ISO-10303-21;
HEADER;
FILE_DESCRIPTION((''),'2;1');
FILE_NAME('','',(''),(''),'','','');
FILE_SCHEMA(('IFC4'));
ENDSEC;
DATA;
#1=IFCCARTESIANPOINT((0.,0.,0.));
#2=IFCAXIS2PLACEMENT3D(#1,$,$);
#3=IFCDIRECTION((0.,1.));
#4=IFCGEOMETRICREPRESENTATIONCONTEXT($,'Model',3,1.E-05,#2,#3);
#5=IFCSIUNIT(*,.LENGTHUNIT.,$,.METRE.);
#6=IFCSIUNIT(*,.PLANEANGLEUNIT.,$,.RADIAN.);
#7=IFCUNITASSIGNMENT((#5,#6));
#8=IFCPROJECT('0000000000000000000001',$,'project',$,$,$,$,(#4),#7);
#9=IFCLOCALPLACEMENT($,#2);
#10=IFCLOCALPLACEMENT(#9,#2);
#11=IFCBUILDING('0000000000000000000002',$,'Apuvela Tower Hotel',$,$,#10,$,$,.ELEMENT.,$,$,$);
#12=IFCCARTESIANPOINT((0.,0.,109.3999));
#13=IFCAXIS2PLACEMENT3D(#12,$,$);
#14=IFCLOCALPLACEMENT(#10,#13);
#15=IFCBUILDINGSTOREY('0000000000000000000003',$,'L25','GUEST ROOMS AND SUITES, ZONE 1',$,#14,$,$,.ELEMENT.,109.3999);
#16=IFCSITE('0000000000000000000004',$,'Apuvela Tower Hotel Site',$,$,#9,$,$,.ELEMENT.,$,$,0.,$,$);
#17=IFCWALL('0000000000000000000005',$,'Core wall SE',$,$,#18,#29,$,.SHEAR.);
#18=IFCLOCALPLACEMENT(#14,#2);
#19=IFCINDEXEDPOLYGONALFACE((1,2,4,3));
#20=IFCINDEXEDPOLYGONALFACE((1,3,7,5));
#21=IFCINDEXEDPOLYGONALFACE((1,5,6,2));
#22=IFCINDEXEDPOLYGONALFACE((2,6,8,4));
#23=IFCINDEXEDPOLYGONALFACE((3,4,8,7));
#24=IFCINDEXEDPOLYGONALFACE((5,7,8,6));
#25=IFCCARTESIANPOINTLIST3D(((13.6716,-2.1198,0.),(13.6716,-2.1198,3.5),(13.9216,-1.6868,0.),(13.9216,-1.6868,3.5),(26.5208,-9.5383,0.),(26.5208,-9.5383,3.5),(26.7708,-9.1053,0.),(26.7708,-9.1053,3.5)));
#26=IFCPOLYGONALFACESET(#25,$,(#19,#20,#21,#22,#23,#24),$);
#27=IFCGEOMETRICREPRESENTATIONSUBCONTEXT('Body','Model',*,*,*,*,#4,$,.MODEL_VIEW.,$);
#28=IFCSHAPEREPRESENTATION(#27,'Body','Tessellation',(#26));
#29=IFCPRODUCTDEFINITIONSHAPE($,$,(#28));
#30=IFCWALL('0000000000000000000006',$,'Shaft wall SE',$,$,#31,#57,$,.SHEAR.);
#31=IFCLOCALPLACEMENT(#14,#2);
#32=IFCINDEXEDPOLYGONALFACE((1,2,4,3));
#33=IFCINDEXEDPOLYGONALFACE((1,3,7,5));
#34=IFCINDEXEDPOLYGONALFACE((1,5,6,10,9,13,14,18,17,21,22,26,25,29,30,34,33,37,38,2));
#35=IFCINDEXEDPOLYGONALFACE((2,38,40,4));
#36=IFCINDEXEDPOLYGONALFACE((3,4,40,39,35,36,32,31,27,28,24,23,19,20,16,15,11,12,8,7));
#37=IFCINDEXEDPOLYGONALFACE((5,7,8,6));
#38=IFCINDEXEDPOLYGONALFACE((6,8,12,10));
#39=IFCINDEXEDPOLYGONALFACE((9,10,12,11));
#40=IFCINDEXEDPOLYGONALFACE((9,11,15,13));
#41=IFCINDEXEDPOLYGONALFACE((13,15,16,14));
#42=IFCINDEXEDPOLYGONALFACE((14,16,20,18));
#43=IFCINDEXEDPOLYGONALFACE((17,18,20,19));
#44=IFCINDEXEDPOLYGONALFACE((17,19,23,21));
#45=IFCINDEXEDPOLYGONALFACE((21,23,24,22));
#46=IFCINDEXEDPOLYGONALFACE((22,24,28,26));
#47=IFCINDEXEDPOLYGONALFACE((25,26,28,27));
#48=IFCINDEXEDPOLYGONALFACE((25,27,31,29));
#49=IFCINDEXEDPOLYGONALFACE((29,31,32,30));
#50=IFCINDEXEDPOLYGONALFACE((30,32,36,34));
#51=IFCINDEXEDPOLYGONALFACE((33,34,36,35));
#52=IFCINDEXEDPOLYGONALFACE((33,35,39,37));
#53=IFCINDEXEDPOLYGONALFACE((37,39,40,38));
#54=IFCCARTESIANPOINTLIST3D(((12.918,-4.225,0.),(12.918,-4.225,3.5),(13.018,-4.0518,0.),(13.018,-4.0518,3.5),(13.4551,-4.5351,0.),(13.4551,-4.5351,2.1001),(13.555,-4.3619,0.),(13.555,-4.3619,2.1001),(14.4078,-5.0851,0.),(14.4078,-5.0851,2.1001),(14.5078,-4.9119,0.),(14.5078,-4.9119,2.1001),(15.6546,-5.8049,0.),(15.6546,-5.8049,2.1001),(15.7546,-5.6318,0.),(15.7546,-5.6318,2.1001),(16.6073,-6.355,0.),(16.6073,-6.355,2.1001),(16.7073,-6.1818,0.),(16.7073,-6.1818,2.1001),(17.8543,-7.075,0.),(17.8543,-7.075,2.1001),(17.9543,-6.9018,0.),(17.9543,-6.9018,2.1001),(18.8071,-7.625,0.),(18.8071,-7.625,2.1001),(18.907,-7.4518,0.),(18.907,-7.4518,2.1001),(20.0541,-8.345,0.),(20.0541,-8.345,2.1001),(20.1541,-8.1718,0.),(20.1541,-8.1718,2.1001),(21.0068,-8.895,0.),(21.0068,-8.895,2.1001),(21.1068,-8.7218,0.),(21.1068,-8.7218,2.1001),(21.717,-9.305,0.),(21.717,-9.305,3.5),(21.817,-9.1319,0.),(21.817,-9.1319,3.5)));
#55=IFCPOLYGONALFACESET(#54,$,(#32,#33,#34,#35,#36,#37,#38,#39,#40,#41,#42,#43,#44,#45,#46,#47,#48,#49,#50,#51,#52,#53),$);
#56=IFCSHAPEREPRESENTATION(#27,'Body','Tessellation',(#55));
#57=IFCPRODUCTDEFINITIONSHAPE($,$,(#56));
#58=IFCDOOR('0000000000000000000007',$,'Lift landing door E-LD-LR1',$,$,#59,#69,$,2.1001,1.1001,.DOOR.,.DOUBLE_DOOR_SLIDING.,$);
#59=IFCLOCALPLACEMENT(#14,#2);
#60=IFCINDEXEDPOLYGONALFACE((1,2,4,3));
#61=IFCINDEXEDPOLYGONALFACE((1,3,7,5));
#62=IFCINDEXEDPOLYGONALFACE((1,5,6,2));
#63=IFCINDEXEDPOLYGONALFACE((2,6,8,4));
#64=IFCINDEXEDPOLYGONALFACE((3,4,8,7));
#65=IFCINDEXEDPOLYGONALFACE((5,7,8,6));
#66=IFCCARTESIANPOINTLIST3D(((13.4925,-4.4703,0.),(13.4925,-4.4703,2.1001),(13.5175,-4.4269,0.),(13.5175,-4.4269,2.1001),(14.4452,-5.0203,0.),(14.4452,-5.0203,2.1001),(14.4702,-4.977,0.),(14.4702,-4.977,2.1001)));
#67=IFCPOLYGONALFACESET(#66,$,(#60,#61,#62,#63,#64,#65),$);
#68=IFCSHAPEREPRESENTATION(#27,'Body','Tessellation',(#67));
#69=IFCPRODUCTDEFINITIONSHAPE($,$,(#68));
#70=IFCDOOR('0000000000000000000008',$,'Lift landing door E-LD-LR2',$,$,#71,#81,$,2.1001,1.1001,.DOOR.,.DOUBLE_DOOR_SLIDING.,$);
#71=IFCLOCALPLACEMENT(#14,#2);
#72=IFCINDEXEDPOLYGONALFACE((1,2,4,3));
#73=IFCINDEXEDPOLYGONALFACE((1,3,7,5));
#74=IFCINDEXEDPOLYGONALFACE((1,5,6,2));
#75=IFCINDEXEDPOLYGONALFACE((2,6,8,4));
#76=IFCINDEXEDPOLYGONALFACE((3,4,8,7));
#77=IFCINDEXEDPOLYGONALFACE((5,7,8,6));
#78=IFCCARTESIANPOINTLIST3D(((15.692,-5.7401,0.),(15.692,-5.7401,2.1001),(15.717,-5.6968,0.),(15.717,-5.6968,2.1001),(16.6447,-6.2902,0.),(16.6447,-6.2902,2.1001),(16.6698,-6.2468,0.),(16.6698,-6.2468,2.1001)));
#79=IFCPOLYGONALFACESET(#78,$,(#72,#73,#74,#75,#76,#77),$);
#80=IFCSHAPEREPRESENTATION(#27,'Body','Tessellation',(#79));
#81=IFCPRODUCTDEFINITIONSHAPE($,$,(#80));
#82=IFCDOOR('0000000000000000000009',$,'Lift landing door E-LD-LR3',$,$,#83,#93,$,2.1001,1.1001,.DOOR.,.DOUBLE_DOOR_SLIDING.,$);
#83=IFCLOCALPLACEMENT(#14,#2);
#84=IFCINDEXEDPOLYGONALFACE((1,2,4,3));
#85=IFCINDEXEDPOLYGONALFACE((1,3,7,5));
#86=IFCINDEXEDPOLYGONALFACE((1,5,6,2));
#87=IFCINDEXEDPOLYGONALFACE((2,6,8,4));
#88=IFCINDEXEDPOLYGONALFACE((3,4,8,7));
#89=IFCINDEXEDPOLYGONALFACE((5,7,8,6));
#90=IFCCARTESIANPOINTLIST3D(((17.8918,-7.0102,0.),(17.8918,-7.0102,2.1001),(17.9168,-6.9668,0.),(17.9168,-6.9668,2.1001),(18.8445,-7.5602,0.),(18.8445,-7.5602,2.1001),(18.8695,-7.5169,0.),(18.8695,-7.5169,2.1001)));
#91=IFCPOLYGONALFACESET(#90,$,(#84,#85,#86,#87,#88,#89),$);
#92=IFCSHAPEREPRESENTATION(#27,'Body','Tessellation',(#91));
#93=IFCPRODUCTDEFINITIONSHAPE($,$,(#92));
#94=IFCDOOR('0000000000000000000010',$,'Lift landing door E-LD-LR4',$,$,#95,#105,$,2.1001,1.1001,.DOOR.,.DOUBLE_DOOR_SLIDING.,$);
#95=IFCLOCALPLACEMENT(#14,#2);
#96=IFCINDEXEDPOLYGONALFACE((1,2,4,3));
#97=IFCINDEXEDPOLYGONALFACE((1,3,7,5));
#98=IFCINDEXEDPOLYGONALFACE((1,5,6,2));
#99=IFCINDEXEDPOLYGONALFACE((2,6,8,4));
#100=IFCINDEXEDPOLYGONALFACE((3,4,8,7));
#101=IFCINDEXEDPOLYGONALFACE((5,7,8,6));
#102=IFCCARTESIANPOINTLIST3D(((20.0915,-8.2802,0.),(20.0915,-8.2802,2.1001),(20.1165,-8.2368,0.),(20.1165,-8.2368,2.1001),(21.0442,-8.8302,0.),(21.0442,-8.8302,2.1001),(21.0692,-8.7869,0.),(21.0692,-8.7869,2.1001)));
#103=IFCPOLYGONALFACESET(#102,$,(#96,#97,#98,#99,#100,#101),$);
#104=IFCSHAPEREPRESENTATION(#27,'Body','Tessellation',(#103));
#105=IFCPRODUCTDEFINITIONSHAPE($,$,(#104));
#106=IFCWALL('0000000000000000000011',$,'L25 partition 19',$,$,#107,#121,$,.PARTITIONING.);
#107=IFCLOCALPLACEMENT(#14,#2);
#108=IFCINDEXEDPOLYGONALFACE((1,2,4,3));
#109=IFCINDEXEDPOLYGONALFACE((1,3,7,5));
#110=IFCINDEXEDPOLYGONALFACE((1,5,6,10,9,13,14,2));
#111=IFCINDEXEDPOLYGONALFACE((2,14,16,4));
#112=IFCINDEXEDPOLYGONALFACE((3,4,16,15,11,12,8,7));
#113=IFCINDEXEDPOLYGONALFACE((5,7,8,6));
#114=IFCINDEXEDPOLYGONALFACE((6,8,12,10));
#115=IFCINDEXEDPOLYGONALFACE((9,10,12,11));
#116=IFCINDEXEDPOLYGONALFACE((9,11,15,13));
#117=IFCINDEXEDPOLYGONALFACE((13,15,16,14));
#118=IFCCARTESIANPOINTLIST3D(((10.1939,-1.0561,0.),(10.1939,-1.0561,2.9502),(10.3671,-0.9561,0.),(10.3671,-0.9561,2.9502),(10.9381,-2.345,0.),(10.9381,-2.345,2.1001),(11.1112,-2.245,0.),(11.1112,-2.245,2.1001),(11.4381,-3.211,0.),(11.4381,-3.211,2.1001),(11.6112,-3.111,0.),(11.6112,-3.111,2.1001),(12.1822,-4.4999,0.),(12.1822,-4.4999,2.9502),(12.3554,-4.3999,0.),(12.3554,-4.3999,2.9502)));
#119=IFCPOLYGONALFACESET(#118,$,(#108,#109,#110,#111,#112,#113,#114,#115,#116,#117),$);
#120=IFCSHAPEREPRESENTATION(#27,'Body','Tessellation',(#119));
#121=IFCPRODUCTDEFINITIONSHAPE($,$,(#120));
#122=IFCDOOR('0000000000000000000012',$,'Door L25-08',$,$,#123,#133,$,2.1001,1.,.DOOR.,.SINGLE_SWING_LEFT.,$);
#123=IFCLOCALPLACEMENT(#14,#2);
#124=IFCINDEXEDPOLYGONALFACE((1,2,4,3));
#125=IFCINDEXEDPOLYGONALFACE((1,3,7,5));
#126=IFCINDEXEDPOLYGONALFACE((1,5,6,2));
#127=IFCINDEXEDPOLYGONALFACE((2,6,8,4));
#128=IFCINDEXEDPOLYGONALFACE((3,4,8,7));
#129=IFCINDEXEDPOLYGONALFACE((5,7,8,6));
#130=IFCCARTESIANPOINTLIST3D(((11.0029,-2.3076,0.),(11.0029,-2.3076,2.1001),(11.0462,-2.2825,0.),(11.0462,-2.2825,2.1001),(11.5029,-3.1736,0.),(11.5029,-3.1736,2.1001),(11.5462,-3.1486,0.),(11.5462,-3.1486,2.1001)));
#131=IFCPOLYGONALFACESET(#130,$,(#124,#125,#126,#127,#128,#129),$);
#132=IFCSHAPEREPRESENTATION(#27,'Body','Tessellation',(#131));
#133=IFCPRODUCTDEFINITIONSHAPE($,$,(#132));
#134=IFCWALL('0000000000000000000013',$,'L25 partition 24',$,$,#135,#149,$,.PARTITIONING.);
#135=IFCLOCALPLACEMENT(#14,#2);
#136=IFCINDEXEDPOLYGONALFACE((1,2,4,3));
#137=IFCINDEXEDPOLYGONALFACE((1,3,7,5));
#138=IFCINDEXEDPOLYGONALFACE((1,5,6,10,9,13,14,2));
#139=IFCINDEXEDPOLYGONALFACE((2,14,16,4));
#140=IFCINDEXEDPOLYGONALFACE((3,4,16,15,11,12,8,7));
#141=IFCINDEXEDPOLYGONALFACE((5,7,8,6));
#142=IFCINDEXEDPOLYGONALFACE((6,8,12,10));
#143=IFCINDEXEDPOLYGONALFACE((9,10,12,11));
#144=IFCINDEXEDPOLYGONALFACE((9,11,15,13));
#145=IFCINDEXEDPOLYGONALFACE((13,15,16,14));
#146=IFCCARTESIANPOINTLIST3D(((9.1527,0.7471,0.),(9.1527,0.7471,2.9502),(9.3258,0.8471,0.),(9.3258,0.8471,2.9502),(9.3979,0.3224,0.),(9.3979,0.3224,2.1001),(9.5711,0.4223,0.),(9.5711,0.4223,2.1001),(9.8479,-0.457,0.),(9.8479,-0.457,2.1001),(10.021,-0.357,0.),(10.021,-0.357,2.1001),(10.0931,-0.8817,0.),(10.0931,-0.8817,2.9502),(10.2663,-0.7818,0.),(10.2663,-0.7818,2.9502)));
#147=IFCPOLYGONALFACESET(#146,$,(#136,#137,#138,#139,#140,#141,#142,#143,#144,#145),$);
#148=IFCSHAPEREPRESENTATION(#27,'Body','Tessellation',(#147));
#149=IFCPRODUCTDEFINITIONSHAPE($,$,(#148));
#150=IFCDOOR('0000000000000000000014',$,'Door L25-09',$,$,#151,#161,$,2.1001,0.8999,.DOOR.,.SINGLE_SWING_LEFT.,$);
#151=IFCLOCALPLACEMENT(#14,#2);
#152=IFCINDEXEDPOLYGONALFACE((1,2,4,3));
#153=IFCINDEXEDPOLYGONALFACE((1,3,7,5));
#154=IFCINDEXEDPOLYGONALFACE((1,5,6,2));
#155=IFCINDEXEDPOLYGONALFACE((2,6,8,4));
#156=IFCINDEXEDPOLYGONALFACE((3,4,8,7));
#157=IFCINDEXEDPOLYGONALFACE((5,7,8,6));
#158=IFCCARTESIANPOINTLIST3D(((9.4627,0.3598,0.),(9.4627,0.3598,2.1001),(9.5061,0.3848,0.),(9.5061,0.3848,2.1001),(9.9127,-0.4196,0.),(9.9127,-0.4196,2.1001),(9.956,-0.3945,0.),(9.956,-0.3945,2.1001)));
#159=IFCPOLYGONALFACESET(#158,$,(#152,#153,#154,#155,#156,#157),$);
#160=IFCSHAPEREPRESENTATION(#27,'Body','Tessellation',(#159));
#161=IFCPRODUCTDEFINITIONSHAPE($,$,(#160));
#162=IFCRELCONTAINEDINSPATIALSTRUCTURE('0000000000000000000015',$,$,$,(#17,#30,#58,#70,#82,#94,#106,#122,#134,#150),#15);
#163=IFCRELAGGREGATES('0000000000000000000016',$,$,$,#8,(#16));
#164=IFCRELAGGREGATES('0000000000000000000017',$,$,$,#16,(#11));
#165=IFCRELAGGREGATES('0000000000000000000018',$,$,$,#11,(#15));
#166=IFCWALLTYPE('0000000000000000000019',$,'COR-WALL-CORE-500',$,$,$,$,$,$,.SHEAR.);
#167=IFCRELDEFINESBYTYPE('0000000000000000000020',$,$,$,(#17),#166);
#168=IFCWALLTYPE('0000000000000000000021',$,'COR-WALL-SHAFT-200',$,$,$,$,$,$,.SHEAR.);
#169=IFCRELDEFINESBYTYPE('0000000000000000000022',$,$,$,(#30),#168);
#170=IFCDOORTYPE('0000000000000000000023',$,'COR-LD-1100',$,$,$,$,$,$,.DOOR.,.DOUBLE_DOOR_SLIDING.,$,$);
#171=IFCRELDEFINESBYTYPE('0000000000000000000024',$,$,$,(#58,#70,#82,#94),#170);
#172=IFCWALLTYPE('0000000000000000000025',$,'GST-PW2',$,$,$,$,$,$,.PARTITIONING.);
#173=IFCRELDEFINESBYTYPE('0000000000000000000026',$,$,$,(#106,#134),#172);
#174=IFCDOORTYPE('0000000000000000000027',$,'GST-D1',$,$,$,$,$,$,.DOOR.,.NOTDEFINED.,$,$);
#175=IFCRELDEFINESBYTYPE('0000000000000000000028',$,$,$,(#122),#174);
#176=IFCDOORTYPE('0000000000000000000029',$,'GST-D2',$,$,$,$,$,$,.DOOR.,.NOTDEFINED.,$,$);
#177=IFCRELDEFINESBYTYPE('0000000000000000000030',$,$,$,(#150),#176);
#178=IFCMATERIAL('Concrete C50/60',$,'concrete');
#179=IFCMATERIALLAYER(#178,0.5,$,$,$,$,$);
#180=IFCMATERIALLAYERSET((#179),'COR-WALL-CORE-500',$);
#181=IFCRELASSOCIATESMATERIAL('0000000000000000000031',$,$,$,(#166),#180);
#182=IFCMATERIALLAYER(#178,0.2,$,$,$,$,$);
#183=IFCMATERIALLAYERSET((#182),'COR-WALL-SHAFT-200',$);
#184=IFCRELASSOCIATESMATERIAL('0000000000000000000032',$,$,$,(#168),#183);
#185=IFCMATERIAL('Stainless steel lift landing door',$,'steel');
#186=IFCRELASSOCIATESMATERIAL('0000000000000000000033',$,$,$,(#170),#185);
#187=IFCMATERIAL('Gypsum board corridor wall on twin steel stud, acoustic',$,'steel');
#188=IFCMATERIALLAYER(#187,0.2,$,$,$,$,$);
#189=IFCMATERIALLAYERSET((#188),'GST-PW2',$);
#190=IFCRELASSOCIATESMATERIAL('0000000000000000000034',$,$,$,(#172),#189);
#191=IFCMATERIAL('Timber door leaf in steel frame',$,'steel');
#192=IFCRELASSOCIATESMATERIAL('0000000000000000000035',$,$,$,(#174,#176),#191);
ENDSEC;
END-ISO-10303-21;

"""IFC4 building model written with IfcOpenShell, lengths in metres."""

from ifc_helpers import new_model, si_unit, direction, frame, frame_2d, origin, place, context, subcontext, project, spatial, rectangle, extrude, material, layer, layer_set, type_object, element, fill, save


model = new_model("IFC4")

# Units and contexts
model_context = context("Model", 3, precision=1e-05, world=origin(), true_north=direction((0.0, 1.0)))
body_context = subcontext(model_context, "Body", "Model", "MODEL_VIEW")
ifc_project = project(units=[si_unit("LENGTHUNIT", "METRE"), si_unit("PLANEANGLEUNIT", "RADIAN")], contexts=[model_context])

# Site, building, storey
site_placement = place(None, origin())
site = spatial("IfcSite", under=ifc_project, at=site_placement, Name="Apuvela Tower Hotel Site", CompositionType="ELEMENT", RefElevation=0.0)
building_placement = place(site_placement, origin())
building = spatial("IfcBuilding", under=site, at=building_placement, Name="Apuvela Tower Hotel", CompositionType="ELEMENT")
storey_placement = place(building_placement, frame((0.0, 0.0, 109.3999)))
storey = spatial("IfcBuildingStorey", under=building, at=storey_placement, Name="L25", Description="GUEST ROOMS AND SUITES, ZONE 1", CompositionType="ELEMENT", Elevation=109.3999)

# Wall
ifc_material_1 = material(Name="Concrete C50/60", Category="concrete")
ifc_layer_1 = layer(ifc_material_1, 0.5)
ifc_layer_set_1 = layer_set([ifc_layer_1], Name="COR-WALL-CORE-500")
wall_type_1 = type_object("IfcWallType", Name="COR-WALL-CORE-500", PredefinedType="SHEAR", material=ifc_layer_set_1)
wall_1_placement = place(storey_placement, frame((13.7966, -1.9033, 0.0), z_axis=(0.0, 0.0, 1.0), x_axis=(0.866025, -0.500001, 0.0)))
element("IfcWall", 1, at=wall_1_placement, inside=storey, type_object=wall_type_1, Name="Core wall SE", PredefinedType="SHEAR", context=body_context, shape_type="SweptSolid", body=[
    extrude(rectangle(XDim=14.8369, YDim=0.5, at=frame_2d((7.4185, 0.0))), origin(), (0.0, 0.0, 1.0), 3.5),
])

# Wall, openings, doors
ifc_layer_2 = layer(ifc_material_1, 0.2)
ifc_layer_set_2 = layer_set([ifc_layer_2], Name="COR-WALL-SHAFT-200")
wall_type_2 = type_object("IfcWallType", Name="COR-WALL-SHAFT-200", PredefinedType="SHEAR", material=ifc_layer_set_2)
wall_2_placement = place(storey_placement, frame((12.968, -4.1384, 0.0), z_axis=(0.0, 0.0, 1.0), x_axis=(0.866028, -0.499995, 0.0)))
wall_2 = element("IfcWall", 2, at=wall_2_placement, inside=storey, type_object=wall_type_2, Name="Shaft wall SE", PredefinedType="SHEAR", context=body_context, shape_type="SweptSolid", body=[
    extrude(rectangle(XDim=10.1602, YDim=0.2, at=frame_2d((5.0801, 0.0))), origin(), (0.0, 0.0, 1.0), 3.5),
])
opening_1_placement = place(wall_2_placement, frame((0.6201, 0.0, 0.0)))
opening_1 = element("IfcOpeningElement", 3, at=opening_1_placement, cuts=wall_2, PredefinedType="OPENING", context=body_context, shape_type="SweptSolid", body=[
    extrude(rectangle(XDim=1.1001, YDim=2.1001, at=frame_2d((0.55, 1.05))), frame((0.0, 0.1099, 0.0), z_axis=(0.0, -1.0, 0.0), x_axis=(1.0, 0.0, 0.0)), (0.0, 0.0, 1.0), 0.22),
])
opening_2_placement = place(wall_2_placement, frame((3.1599, 0.0, 0.0)))
opening_2 = element("IfcOpeningElement", 4, at=opening_2_placement, cuts=wall_2, PredefinedType="OPENING", context=body_context, shape_type="SweptSolid", body=[
    extrude(rectangle(XDim=1.1001, YDim=2.1001, at=frame_2d((0.55, 1.05))), frame((0.0, 0.1099, 0.0), z_axis=(0.0, -1.0, 0.0), x_axis=(1.0, 0.0, 0.0)), (0.0, 0.0, 1.0), 0.22),
])
opening_3_placement = place(wall_2_placement, frame((5.7, 0.0, 0.0)))
opening_3 = element("IfcOpeningElement", 5, at=opening_3_placement, cuts=wall_2, PredefinedType="OPENING", context=body_context, shape_type="SweptSolid", body=[
    extrude(rectangle(XDim=1.1001, YDim=2.1001, at=frame_2d((0.55, 1.05))), frame((0.0, 0.1099, 0.0), z_axis=(0.0, -1.0, 0.0), x_axis=(1.0, 0.0, 0.0)), (0.0, 0.0, 1.0), 0.22),
])
opening_4_placement = place(wall_2_placement, frame((8.24, 0.0, 0.0)))
opening_4 = element("IfcOpeningElement", 6, at=opening_4_placement, cuts=wall_2, PredefinedType="OPENING", context=body_context, shape_type="SweptSolid", body=[
    extrude(rectangle(XDim=1.1001, YDim=2.1001, at=frame_2d((0.55, 1.05))), frame((0.0, 0.1099, 0.0), z_axis=(0.0, -1.0, 0.0), x_axis=(1.0, 0.0, 0.0)), (0.0, 0.0, 1.0), 0.22),
])
ifc_material_2 = material(Name="Stainless steel lift landing door", Category="steel")
door_type_1 = type_object("IfcDoorType", Name="COR-LD-1100", OperationType="DOUBLE_DOOR_SLIDING", PredefinedType="DOOR", material=ifc_material_2)
door_1_placement = place(opening_1_placement, origin())
door_1 = element("IfcDoor", 7, at=door_1_placement, inside=storey, type_object=door_type_1, Name="Lift landing door E-LD-LR1", OperationType="DOUBLE_DOOR_SLIDING", OverallHeight=2.1001, OverallWidth=1.1001, PredefinedType="DOOR", context=body_context, shape_type="SweptSolid", body=[
    extrude(rectangle(XDim=1.1001, YDim=2.1001, at=frame_2d((0.55, 1.05))), frame((0.0, 0.0249, 0.0), z_axis=(0.0, -1.0, 0.0), x_axis=(1.0, 0.0, 0.0)), (0.0, 0.0, 1.0), 0.05),
])
fill(opening_1, door_1)
door_2_placement = place(opening_2_placement, origin())
door_2 = element("IfcDoor", 8, at=door_2_placement, inside=storey, type_object=door_type_1, Name="Lift landing door E-LD-LR2", OperationType="DOUBLE_DOOR_SLIDING", OverallHeight=2.1001, OverallWidth=1.1001, PredefinedType="DOOR", context=body_context, shape_type="SweptSolid", body=[
    extrude(rectangle(XDim=1.1001, YDim=2.1001, at=frame_2d((0.55, 1.05))), frame((0.0, 0.0249, 0.0), z_axis=(0.0, -1.0, 0.0), x_axis=(1.0, 0.0, 0.0)), (0.0, 0.0, 1.0), 0.05),
])
fill(opening_2, door_2)
door_3_placement = place(opening_3_placement, origin())
door_3 = element("IfcDoor", 9, at=door_3_placement, inside=storey, type_object=door_type_1, Name="Lift landing door E-LD-LR3", OperationType="DOUBLE_DOOR_SLIDING", OverallHeight=2.1001, OverallWidth=1.1001, PredefinedType="DOOR", context=body_context, shape_type="SweptSolid", body=[
    extrude(rectangle(XDim=1.1001, YDim=2.1001, at=frame_2d((0.55, 1.05))), frame((0.0, 0.0249, 0.0), z_axis=(0.0, -1.0, 0.0), x_axis=(1.0, 0.0, 0.0)), (0.0, 0.0, 1.0), 0.05),
])
fill(opening_3, door_3)
door_4_placement = place(opening_4_placement, origin())
door_4 = element("IfcDoor", 10, at=door_4_placement, inside=storey, type_object=door_type_1, Name="Lift landing door E-LD-LR4", OperationType="DOUBLE_DOOR_SLIDING", OverallHeight=2.1001, OverallWidth=1.1001, PredefinedType="DOOR", context=body_context, shape_type="SweptSolid", body=[
    extrude(rectangle(XDim=1.1001, YDim=2.1001, at=frame_2d((0.55, 1.05))), frame((0.0, 0.0249, 0.0), z_axis=(0.0, -1.0, 0.0), x_axis=(1.0, 0.0, 0.0)), (0.0, 0.0, 1.0), 0.05),
])
fill(opening_4, door_4)

# Walls, openings, doors
ifc_material_3 = material(Name="Gypsum board corridor wall on twin steel stud, acoustic", Category="steel")
ifc_layer_3 = layer(ifc_material_3, 0.2)
ifc_layer_set_3 = layer_set([ifc_layer_3], Name="GST-PW2")
wall_type_3 = type_object("IfcWallType", Name="GST-PW2", PredefinedType="PARTITIONING", material=ifc_layer_set_3)
wall_3_placement = place(storey_placement, frame((10.2805, -1.0061, 0.0), z_axis=(0.0, 0.0, 1.0), x_axis=(0.499995, -0.866028, 0.0)))
wall_3 = element("IfcWall", 11, at=wall_3_placement, inside=storey, type_object=wall_type_3, Name="L25 partition 19", PredefinedType="PARTITIONING", context=body_context, shape_type="SweptSolid", body=[
    extrude(rectangle(XDim=3.9766, YDim=0.2, at=frame_2d((1.9883, 0.0))), origin(), (0.0, 0.0, 1.0), 2.9502),
])
opening_5_placement = place(wall_3_placement, frame((1.4883, 0.0, 0.0)))
opening_5 = element("IfcOpeningElement", 12, at=opening_5_placement, cuts=wall_3, PredefinedType="OPENING", context=body_context, shape_type="SweptSolid", body=[
    extrude(rectangle(XDim=1.0, YDim=2.1001, at=frame_2d((0.5, 1.05))), frame((0.0, 0.1099, 0.0), z_axis=(0.0, -1.0, 0.0), x_axis=(1.0, 0.0, 0.0)), (0.0, 0.0, 1.0), 0.22),
])
ifc_material_4 = material(Name="Timber door leaf in steel frame", Category="steel")
door_type_2 = type_object("IfcDoorType", Name="GST-D1", OperationType="NOTDEFINED", PredefinedType="DOOR", material=ifc_material_4)
door_5_placement = place(opening_5_placement, origin())
door_5 = element("IfcDoor", 13, at=door_5_placement, inside=storey, type_object=door_type_2, Name="Door L25-08", OperationType="SINGLE_SWING_LEFT", OverallHeight=2.1001, OverallWidth=1.0, PredefinedType="DOOR", context=body_context, shape_type="SweptSolid", body=[
    extrude(rectangle(XDim=1.0, YDim=2.1001, at=frame_2d((0.5, 1.05))), frame((0.0, 0.0249, 0.0), z_axis=(0.0, -1.0, 0.0), x_axis=(1.0, 0.0, 0.0)), (0.0, 0.0, 1.0), 0.05),
])
fill(opening_5, door_5)
wall_4_placement = place(storey_placement, frame((9.2393, 0.7971, 0.0), z_axis=(0.0, 0.0, 1.0), x_axis=(0.499992, -0.86603, 0.0)))
wall_4 = element("IfcWall", 14, at=wall_4_placement, inside=storey, type_object=wall_type_3, Name="L25 partition 24", PredefinedType="PARTITIONING", context=body_context, shape_type="SweptSolid", body=[
    extrude(rectangle(XDim=1.8809, YDim=0.2, at=frame_2d((0.9404, 0.0))), origin(), (0.0, 0.0, 1.0), 2.9502),
])
opening_6_placement = place(wall_4_placement, frame((0.4905, 0.0, 0.0)))
opening_6 = element("IfcOpeningElement", 15, at=opening_6_placement, cuts=wall_4, PredefinedType="OPENING", context=body_context, shape_type="SweptSolid", body=[
    extrude(rectangle(XDim=0.8999, YDim=2.1001, at=frame_2d((0.45, 1.05))), frame((0.0, 0.1099, 0.0), z_axis=(0.0, -1.0, 0.0), x_axis=(1.0, 0.0, 0.0)), (0.0, 0.0, 1.0), 0.22),
])
door_type_3 = type_object("IfcDoorType", Name="GST-D2", OperationType="NOTDEFINED", PredefinedType="DOOR", material=ifc_material_4)
door_6_placement = place(opening_6_placement, origin())
door_6 = element("IfcDoor", 16, at=door_6_placement, inside=storey, type_object=door_type_3, Name="Door L25-09", OperationType="SINGLE_SWING_LEFT", OverallHeight=2.1001, OverallWidth=0.8999, PredefinedType="DOOR", context=body_context, shape_type="SweptSolid", body=[
    extrude(rectangle(XDim=0.8999, YDim=2.1001, at=frame_2d((0.45, 1.05))), frame((0.0, 0.0249, 0.0), z_axis=(0.0, -1.0, 0.0), x_axis=(1.0, 0.0, 0.0)), (0.0, 0.0, 1.0), 0.05),
])
fill(opening_6, door_6)

save(model, "model.ifc")
